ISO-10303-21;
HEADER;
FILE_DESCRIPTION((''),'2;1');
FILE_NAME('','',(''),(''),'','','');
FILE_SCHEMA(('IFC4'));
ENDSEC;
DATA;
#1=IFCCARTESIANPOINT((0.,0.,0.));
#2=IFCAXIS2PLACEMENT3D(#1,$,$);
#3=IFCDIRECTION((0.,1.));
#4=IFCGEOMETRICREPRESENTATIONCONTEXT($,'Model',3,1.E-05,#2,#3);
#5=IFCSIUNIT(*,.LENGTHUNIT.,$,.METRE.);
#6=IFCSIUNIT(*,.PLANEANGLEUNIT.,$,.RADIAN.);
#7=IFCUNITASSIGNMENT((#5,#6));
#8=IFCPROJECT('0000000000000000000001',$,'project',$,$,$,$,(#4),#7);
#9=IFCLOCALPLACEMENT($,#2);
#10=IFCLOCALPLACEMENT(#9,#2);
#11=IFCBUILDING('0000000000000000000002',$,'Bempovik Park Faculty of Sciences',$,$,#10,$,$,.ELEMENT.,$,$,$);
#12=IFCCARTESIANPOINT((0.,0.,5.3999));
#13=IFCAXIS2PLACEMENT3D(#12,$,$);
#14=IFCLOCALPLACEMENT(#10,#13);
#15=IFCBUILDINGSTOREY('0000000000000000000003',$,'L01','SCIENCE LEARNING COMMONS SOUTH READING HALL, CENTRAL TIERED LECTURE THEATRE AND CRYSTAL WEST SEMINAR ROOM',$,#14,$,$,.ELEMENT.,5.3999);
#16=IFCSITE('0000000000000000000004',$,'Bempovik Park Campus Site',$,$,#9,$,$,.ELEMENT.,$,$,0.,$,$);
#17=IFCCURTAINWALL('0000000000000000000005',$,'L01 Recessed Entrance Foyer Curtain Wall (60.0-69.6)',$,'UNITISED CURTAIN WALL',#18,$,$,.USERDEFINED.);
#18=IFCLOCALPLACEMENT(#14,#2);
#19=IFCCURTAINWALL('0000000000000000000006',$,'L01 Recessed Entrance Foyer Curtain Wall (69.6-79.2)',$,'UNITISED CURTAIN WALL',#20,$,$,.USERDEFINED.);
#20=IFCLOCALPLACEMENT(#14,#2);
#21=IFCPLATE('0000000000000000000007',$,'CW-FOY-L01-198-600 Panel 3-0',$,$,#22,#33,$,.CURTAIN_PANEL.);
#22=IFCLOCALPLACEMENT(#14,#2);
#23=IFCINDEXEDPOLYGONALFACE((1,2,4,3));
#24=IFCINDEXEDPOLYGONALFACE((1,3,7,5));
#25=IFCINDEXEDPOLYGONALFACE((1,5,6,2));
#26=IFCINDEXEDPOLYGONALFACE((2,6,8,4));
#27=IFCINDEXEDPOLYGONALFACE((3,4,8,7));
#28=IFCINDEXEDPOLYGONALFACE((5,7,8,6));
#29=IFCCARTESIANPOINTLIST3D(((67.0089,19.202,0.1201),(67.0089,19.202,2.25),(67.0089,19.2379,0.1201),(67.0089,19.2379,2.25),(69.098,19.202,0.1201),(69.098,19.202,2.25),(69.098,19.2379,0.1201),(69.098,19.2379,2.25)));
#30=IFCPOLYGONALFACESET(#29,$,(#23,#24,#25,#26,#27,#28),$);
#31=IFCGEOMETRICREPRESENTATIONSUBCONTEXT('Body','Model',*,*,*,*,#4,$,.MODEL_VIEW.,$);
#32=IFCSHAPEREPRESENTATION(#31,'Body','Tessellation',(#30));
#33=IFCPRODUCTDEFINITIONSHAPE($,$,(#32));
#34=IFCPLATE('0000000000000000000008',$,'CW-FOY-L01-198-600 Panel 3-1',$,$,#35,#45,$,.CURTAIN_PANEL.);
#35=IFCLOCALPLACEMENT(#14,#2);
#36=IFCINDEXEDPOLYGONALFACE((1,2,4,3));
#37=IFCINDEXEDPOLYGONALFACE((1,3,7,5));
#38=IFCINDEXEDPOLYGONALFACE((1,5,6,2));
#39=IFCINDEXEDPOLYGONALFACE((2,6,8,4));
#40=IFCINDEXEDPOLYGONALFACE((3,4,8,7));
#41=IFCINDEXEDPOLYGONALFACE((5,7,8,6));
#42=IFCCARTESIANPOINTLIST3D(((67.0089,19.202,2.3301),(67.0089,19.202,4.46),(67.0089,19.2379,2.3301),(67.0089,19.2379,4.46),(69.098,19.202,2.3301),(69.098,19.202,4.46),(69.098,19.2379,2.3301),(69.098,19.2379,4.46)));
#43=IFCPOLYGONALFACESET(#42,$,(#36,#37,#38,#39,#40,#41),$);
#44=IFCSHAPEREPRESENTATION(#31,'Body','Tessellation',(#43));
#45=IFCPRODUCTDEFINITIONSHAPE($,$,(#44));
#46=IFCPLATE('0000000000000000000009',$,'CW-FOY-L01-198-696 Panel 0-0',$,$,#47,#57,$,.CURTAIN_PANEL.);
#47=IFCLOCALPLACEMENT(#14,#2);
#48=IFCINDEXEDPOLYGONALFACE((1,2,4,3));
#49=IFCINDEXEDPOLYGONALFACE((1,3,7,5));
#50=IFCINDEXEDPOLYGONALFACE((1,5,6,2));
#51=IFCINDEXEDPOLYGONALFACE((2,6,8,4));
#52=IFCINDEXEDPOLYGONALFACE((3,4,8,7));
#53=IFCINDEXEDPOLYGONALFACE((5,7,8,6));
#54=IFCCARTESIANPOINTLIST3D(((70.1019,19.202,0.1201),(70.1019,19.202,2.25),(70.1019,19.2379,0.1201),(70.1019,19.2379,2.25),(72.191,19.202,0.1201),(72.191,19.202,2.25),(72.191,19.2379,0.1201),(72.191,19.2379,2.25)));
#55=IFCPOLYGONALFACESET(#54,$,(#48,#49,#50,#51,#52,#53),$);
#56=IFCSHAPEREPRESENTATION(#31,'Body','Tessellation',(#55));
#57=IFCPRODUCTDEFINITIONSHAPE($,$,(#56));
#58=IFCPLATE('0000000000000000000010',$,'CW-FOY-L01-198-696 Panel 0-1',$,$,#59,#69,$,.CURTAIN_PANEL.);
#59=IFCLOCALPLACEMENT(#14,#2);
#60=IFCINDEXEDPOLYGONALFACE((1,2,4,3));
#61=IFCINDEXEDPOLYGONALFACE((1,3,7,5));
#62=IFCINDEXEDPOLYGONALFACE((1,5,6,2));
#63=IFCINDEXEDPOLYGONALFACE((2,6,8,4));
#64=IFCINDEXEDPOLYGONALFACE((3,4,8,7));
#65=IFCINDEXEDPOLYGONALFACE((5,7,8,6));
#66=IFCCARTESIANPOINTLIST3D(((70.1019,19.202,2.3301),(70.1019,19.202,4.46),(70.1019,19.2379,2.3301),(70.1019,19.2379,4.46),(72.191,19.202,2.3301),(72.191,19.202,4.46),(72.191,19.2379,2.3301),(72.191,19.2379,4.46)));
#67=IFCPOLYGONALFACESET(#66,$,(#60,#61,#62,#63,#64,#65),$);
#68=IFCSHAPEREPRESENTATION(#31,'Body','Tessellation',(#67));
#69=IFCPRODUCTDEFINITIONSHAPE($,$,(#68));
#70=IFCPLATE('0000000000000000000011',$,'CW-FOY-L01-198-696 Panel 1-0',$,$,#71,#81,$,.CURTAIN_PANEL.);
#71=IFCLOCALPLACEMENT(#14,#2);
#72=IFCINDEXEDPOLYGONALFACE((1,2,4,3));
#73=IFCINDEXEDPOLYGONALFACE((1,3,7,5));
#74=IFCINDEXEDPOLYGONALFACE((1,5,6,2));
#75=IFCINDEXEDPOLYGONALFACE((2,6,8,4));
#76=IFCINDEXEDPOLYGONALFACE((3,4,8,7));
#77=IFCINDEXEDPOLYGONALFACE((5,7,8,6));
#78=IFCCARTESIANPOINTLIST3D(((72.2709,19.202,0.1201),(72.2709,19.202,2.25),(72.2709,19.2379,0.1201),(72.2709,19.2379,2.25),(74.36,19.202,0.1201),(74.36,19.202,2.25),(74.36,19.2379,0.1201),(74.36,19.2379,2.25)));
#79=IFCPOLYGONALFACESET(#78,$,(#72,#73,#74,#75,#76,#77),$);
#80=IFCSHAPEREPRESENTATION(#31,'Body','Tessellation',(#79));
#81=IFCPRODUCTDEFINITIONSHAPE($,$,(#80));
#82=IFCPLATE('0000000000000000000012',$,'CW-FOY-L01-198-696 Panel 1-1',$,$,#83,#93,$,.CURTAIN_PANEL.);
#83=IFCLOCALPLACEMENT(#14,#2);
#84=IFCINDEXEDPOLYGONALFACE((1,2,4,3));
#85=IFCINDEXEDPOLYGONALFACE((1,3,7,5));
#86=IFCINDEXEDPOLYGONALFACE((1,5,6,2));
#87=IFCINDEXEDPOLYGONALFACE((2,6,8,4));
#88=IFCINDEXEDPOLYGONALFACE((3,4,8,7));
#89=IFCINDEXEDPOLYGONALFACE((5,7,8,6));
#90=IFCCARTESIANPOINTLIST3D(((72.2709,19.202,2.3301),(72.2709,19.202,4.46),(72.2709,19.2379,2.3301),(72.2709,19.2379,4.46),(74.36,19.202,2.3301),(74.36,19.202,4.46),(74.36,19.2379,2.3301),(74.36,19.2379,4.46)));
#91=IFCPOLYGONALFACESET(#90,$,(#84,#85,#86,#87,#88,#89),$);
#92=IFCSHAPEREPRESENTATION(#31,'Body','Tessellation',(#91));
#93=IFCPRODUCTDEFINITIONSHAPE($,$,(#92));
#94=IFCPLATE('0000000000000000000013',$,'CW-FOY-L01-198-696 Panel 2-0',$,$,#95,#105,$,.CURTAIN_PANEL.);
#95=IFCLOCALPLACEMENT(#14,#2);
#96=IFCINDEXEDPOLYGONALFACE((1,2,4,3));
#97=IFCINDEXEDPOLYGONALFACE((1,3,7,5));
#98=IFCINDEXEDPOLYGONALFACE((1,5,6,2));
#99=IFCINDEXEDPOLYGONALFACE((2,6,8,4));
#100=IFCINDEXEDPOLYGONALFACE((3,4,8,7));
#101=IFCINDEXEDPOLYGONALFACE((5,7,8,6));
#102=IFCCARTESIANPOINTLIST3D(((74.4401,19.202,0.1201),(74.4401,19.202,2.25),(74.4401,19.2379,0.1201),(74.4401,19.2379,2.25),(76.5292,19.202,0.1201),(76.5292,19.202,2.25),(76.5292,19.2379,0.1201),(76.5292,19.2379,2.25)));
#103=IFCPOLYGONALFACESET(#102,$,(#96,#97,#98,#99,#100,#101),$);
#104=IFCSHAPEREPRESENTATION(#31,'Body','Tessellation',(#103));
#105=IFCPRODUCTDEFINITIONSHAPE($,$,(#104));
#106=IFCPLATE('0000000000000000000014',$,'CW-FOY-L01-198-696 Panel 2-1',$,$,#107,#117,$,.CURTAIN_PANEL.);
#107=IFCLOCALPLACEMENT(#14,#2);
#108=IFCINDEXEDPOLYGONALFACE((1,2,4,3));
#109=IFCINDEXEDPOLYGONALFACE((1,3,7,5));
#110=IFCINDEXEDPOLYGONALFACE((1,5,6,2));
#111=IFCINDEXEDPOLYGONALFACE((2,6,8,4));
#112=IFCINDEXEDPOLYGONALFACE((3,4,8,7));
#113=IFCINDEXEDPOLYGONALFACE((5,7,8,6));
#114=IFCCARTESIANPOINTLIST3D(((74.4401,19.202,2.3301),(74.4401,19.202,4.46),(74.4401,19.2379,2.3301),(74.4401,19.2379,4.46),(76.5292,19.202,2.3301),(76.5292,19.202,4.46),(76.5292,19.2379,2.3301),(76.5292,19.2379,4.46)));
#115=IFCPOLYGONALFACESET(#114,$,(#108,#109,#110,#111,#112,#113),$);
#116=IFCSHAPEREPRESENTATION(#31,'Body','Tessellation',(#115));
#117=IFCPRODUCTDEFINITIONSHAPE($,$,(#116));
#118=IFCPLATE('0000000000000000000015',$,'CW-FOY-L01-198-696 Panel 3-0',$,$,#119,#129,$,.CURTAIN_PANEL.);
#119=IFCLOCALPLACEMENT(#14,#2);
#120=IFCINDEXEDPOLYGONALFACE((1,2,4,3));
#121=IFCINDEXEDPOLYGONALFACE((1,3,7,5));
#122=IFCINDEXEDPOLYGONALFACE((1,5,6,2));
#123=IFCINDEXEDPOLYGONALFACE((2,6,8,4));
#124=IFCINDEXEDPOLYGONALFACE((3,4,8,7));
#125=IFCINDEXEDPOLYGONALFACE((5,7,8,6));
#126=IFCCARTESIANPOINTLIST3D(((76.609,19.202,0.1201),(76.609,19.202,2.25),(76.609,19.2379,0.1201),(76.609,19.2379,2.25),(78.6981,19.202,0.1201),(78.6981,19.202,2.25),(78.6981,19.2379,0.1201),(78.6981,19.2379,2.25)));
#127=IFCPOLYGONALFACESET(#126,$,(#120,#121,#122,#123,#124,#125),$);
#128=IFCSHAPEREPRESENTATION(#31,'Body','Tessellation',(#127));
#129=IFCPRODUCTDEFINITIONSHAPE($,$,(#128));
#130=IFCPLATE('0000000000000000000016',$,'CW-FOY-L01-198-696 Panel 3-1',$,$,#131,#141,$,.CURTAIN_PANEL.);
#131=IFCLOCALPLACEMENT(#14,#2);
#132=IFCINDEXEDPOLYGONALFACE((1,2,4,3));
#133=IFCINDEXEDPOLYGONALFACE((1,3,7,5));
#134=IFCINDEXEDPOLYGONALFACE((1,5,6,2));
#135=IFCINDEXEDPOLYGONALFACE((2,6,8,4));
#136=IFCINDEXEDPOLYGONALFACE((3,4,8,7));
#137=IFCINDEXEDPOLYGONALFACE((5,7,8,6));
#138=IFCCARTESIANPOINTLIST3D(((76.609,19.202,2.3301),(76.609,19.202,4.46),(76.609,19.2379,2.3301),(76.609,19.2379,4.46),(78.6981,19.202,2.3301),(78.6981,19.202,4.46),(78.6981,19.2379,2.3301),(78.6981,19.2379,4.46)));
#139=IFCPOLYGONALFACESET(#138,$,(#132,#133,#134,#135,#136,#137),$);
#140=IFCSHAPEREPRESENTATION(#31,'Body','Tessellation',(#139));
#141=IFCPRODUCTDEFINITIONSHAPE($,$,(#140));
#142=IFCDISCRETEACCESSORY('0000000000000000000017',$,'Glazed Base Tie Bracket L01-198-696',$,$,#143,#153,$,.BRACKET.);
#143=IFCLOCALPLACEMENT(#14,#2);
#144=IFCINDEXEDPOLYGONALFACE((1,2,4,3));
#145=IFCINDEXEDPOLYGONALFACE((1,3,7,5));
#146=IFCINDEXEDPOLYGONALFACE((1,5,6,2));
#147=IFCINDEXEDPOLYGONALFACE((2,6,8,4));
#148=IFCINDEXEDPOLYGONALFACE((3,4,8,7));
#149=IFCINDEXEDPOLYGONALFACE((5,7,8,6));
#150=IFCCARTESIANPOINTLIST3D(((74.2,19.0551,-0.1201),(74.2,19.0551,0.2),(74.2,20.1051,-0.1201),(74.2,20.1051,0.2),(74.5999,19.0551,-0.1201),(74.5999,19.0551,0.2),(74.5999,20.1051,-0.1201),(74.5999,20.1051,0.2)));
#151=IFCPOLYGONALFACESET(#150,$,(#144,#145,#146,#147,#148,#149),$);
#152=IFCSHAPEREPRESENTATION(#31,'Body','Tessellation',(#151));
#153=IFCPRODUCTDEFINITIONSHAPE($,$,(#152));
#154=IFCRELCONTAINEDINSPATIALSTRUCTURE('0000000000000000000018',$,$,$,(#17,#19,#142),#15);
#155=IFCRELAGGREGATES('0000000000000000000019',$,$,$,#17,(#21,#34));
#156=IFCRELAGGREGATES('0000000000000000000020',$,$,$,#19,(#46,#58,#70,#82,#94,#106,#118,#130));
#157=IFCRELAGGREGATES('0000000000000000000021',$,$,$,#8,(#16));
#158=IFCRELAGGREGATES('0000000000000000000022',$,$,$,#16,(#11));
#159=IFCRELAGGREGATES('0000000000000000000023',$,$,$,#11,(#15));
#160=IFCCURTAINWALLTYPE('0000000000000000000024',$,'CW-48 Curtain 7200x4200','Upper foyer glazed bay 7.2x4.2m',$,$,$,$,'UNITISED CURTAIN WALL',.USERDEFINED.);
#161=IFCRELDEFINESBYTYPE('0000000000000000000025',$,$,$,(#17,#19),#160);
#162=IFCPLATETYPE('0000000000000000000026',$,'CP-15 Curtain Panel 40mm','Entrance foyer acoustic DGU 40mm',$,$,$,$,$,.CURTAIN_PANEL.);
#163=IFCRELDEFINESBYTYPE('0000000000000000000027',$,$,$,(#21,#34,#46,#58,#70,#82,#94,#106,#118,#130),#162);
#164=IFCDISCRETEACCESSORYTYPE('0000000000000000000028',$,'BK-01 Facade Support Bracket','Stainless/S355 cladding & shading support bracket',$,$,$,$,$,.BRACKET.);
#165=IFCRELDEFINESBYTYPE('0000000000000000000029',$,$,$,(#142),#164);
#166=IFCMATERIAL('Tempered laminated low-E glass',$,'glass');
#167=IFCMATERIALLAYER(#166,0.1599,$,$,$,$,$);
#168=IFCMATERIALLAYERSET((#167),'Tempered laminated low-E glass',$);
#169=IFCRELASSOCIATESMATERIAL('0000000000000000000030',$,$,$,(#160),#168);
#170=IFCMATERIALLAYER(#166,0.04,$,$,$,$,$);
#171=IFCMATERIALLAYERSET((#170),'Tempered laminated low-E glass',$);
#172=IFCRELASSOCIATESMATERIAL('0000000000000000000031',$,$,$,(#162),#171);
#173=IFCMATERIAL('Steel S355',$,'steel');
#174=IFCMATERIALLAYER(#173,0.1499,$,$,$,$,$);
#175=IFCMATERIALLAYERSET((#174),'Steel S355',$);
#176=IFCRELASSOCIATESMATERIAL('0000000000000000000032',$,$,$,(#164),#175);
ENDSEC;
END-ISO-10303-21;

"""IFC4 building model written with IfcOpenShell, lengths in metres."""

from ifc_helpers import new_model, si_unit, direction, frame, origin, origin_2d, place, context, subcontext, project, spatial, rectangle, extrude, material, layer, layer_set, type_object, element, aggregate, save


model = new_model("IFC4")

# Units and contexts
model_context = context("Model", 3, precision=1e-05, world=origin(), true_north=direction((0.0, 1.0)))
body_context = subcontext(model_context, "Body", "Model", "MODEL_VIEW")
ifc_project = project(units=[si_unit("LENGTHUNIT", "METRE"), si_unit("PLANEANGLEUNIT", "RADIAN")], contexts=[model_context])

# Site, building, storey
site_placement = place(None, origin())
site = spatial("IfcSite", under=ifc_project, at=site_placement, Name="Bempovik Park Campus Site", CompositionType="ELEMENT", RefElevation=0.0)
building_placement = place(site_placement, origin())
building = spatial("IfcBuilding", under=site, at=building_placement, Name="Bempovik Park Faculty of Sciences", CompositionType="ELEMENT")
storey_placement = place(building_placement, frame((0.0, 0.0, 5.3999)))
storey = spatial("IfcBuildingStorey", under=building, at=storey_placement, Name="L01", Description="SCIENCE LEARNING COMMONS SOUTH READING HALL, CENTRAL TIERED LECTURE THEATRE AND CRYSTAL WEST SEMINAR ROOM", CompositionType="ELEMENT", Elevation=5.3999)

# Shared definitions
ifc_material_1 = material(Name="Steel S355", Category="steel")

# Curtain walls
ifc_material_2 = material(Name="Tempered laminated low-E glass", Category="glass")
ifc_layer_1 = layer(ifc_material_2, 0.1599)
ifc_layer_set_1 = layer_set([ifc_layer_1], Name="Tempered laminated low-E glass")
curtain_wall_type = type_object("IfcCurtainWallType", Name="CW-48 Curtain 7200x4200", Description="Upper foyer glazed bay 7.2x4.2m", ElementType="UNITISED CURTAIN WALL", PredefinedType="USERDEFINED", material=ifc_layer_set_1)
curtain_wall_1_placement = place(storey_placement, origin())
curtain_wall_1 = element("IfcCurtainWall", 1, at=curtain_wall_1_placement, inside=storey, type_object=curtain_wall_type, Name="L01 Recessed Entrance Foyer Curtain Wall (60.0-69.6)", ObjectType="UNITISED CURTAIN WALL", PredefinedType="USERDEFINED")
curtain_wall_2_placement = place(storey_placement, origin())
curtain_wall_2 = element("IfcCurtainWall", 2, at=curtain_wall_2_placement, inside=storey, type_object=curtain_wall_type, Name="L01 Recessed Entrance Foyer Curtain Wall (69.6-79.2)", ObjectType="UNITISED CURTAIN WALL", PredefinedType="USERDEFINED")

# Plates
ifc_layer_2 = layer(ifc_material_2, 0.04)
ifc_layer_set_2 = layer_set([ifc_layer_2], Name="Tempered laminated low-E glass")
plate_type = type_object("IfcPlateType", Name="CP-15 Curtain Panel 40mm", Description="Entrance foyer acoustic DGU 40mm", PredefinedType="CURTAIN_PANEL", material=ifc_layer_set_2)
plate_1_placement = place(storey_placement, frame((68.0535, 19.22, 0.1201), z_axis=(0.0, 0.0, 1.0), x_axis=(1.0, 0.0, 0.0)))
plate_1 = element("IfcPlate", 3, at=plate_1_placement, type_object=plate_type, Name="CW-FOY-L01-198-600 Panel 3-0", PredefinedType="CURTAIN_PANEL", context=body_context, shape_type="SweptSolid", body=[
    extrude(rectangle(XDim=2.0891, YDim=0.0359, at=origin_2d()), origin(), (0.0, 0.0, 1.0), 2.1299),
])
plate_2_placement = place(storey_placement, frame((68.0535, 19.22, 2.3301), z_axis=(0.0, 0.0, 1.0), x_axis=(1.0, 0.0, 0.0)))
plate_2 = element("IfcPlate", 4, at=plate_2_placement, type_object=plate_type, Name="CW-FOY-L01-198-600 Panel 3-1", PredefinedType="CURTAIN_PANEL", context=body_context, shape_type="SweptSolid", body=[
    extrude(rectangle(XDim=2.0891, YDim=0.0359, at=origin_2d()), origin(), (0.0, 0.0, 1.0), 2.1299),
])
aggregate(curtain_wall_1, [plate_1, plate_2])
plate_3_placement = place(storey_placement, frame((71.1465, 19.22, 0.1201), z_axis=(0.0, 0.0, 1.0), x_axis=(1.0, 0.0, 0.0)))
plate_3 = element("IfcPlate", 5, at=plate_3_placement, type_object=plate_type, Name="CW-FOY-L01-198-696 Panel 0-0", PredefinedType="CURTAIN_PANEL", context=body_context, shape_type="SweptSolid", body=[
    extrude(rectangle(XDim=2.0891, YDim=0.0359, at=origin_2d()), origin(), (0.0, 0.0, 1.0), 2.1299),
])
plate_4_placement = place(storey_placement, frame((71.1465, 19.22, 2.3301), z_axis=(0.0, 0.0, 1.0), x_axis=(1.0, 0.0, 0.0)))
plate_4 = element("IfcPlate", 6, at=plate_4_placement, type_object=plate_type, Name="CW-FOY-L01-198-696 Panel 0-1", PredefinedType="CURTAIN_PANEL", context=body_context, shape_type="SweptSolid", body=[
    extrude(rectangle(XDim=2.0891, YDim=0.0359, at=origin_2d()), origin(), (0.0, 0.0, 1.0), 2.1299),
])
plate_5_placement = place(storey_placement, frame((73.3154, 19.22, 0.1201), z_axis=(0.0, 0.0, 1.0), x_axis=(1.0, 0.0, 0.0)))
plate_5 = element("IfcPlate", 7, at=plate_5_placement, type_object=plate_type, Name="CW-FOY-L01-198-696 Panel 1-0", PredefinedType="CURTAIN_PANEL", context=body_context, shape_type="SweptSolid", body=[
    extrude(rectangle(XDim=2.0891, YDim=0.0359, at=origin_2d()), origin(), (0.0, 0.0, 1.0), 2.1299),
])
plate_6_placement = place(storey_placement, frame((73.3154, 19.22, 2.3301), z_axis=(0.0, 0.0, 1.0), x_axis=(1.0, 0.0, 0.0)))
plate_6 = element("IfcPlate", 8, at=plate_6_placement, type_object=plate_type, Name="CW-FOY-L01-198-696 Panel 1-1", PredefinedType="CURTAIN_PANEL", context=body_context, shape_type="SweptSolid", body=[
    extrude(rectangle(XDim=2.0891, YDim=0.0359, at=origin_2d()), origin(), (0.0, 0.0, 1.0), 2.1299),
])
plate_7_placement = place(storey_placement, frame((75.4846, 19.22, 0.1201), z_axis=(0.0, 0.0, 1.0), x_axis=(1.0, 0.0, 0.0)))
plate_7 = element("IfcPlate", 9, at=plate_7_placement, type_object=plate_type, Name="CW-FOY-L01-198-696 Panel 2-0", PredefinedType="CURTAIN_PANEL", context=body_context, shape_type="SweptSolid", body=[
    extrude(rectangle(XDim=2.0891, YDim=0.0359, at=origin_2d()), origin(), (0.0, 0.0, 1.0), 2.1299),
])
plate_8_placement = place(storey_placement, frame((75.4846, 19.22, 2.3301), z_axis=(0.0, 0.0, 1.0), x_axis=(1.0, 0.0, 0.0)))
plate_8 = element("IfcPlate", 10, at=plate_8_placement, type_object=plate_type, Name="CW-FOY-L01-198-696 Panel 2-1", PredefinedType="CURTAIN_PANEL", context=body_context, shape_type="SweptSolid", body=[
    extrude(rectangle(XDim=2.0891, YDim=0.0359, at=origin_2d()), origin(), (0.0, 0.0, 1.0), 2.1299),
])
plate_9_placement = place(storey_placement, frame((77.6536, 19.22, 0.1201), z_axis=(0.0, 0.0, 1.0), x_axis=(1.0, 0.0, 0.0)))
plate_9 = element("IfcPlate", 11, at=plate_9_placement, type_object=plate_type, Name="CW-FOY-L01-198-696 Panel 3-0", PredefinedType="CURTAIN_PANEL", context=body_context, shape_type="SweptSolid", body=[
    extrude(rectangle(XDim=2.0891, YDim=0.0359, at=origin_2d()), origin(), (0.0, 0.0, 1.0), 2.1299),
])
plate_10_placement = place(storey_placement, frame((77.6536, 19.22, 2.3301), z_axis=(0.0, 0.0, 1.0), x_axis=(1.0, 0.0, 0.0)))
plate_10 = element("IfcPlate", 12, at=plate_10_placement, type_object=plate_type, Name="CW-FOY-L01-198-696 Panel 3-1", PredefinedType="CURTAIN_PANEL", context=body_context, shape_type="SweptSolid", body=[
    extrude(rectangle(XDim=2.0891, YDim=0.0359, at=origin_2d()), origin(), (0.0, 0.0, 1.0), 2.1299),
])
aggregate(curtain_wall_2, [plate_3, plate_4, plate_5, plate_6, plate_7, plate_8, plate_9, plate_10])

# Discrete accessory
ifc_layer_3 = layer(ifc_material_1, 0.1499)
ifc_layer_set_3 = layer_set([ifc_layer_3], Name="Steel S355")
discrete_accessory_type = type_object("IfcDiscreteAccessoryType", Name="BK-01 Facade Support Bracket", Description="Stainless/S355 cladding & shading support bracket", PredefinedType="BRACKET", material=ifc_layer_set_3)
discrete_accessory_placement = place(storey_placement, frame((74.3999, 19.5801, -0.1201), z_axis=(0.0, 0.0, 1.0), x_axis=(1.0, 0.0, 0.0)))
element("IfcDiscreteAccessory", 13, at=discrete_accessory_placement, inside=storey, type_object=discrete_accessory_type, Name="Glazed Base Tie Bracket L01-198-696", PredefinedType="BRACKET", context=body_context, shape_type="SweptSolid", body=[
    extrude(rectangle(XDim=0.3999, YDim=1.05, at=origin_2d()), origin(), (0.0, 0.0, 1.0), 0.3201),
])

save(model, "model.ifc")
